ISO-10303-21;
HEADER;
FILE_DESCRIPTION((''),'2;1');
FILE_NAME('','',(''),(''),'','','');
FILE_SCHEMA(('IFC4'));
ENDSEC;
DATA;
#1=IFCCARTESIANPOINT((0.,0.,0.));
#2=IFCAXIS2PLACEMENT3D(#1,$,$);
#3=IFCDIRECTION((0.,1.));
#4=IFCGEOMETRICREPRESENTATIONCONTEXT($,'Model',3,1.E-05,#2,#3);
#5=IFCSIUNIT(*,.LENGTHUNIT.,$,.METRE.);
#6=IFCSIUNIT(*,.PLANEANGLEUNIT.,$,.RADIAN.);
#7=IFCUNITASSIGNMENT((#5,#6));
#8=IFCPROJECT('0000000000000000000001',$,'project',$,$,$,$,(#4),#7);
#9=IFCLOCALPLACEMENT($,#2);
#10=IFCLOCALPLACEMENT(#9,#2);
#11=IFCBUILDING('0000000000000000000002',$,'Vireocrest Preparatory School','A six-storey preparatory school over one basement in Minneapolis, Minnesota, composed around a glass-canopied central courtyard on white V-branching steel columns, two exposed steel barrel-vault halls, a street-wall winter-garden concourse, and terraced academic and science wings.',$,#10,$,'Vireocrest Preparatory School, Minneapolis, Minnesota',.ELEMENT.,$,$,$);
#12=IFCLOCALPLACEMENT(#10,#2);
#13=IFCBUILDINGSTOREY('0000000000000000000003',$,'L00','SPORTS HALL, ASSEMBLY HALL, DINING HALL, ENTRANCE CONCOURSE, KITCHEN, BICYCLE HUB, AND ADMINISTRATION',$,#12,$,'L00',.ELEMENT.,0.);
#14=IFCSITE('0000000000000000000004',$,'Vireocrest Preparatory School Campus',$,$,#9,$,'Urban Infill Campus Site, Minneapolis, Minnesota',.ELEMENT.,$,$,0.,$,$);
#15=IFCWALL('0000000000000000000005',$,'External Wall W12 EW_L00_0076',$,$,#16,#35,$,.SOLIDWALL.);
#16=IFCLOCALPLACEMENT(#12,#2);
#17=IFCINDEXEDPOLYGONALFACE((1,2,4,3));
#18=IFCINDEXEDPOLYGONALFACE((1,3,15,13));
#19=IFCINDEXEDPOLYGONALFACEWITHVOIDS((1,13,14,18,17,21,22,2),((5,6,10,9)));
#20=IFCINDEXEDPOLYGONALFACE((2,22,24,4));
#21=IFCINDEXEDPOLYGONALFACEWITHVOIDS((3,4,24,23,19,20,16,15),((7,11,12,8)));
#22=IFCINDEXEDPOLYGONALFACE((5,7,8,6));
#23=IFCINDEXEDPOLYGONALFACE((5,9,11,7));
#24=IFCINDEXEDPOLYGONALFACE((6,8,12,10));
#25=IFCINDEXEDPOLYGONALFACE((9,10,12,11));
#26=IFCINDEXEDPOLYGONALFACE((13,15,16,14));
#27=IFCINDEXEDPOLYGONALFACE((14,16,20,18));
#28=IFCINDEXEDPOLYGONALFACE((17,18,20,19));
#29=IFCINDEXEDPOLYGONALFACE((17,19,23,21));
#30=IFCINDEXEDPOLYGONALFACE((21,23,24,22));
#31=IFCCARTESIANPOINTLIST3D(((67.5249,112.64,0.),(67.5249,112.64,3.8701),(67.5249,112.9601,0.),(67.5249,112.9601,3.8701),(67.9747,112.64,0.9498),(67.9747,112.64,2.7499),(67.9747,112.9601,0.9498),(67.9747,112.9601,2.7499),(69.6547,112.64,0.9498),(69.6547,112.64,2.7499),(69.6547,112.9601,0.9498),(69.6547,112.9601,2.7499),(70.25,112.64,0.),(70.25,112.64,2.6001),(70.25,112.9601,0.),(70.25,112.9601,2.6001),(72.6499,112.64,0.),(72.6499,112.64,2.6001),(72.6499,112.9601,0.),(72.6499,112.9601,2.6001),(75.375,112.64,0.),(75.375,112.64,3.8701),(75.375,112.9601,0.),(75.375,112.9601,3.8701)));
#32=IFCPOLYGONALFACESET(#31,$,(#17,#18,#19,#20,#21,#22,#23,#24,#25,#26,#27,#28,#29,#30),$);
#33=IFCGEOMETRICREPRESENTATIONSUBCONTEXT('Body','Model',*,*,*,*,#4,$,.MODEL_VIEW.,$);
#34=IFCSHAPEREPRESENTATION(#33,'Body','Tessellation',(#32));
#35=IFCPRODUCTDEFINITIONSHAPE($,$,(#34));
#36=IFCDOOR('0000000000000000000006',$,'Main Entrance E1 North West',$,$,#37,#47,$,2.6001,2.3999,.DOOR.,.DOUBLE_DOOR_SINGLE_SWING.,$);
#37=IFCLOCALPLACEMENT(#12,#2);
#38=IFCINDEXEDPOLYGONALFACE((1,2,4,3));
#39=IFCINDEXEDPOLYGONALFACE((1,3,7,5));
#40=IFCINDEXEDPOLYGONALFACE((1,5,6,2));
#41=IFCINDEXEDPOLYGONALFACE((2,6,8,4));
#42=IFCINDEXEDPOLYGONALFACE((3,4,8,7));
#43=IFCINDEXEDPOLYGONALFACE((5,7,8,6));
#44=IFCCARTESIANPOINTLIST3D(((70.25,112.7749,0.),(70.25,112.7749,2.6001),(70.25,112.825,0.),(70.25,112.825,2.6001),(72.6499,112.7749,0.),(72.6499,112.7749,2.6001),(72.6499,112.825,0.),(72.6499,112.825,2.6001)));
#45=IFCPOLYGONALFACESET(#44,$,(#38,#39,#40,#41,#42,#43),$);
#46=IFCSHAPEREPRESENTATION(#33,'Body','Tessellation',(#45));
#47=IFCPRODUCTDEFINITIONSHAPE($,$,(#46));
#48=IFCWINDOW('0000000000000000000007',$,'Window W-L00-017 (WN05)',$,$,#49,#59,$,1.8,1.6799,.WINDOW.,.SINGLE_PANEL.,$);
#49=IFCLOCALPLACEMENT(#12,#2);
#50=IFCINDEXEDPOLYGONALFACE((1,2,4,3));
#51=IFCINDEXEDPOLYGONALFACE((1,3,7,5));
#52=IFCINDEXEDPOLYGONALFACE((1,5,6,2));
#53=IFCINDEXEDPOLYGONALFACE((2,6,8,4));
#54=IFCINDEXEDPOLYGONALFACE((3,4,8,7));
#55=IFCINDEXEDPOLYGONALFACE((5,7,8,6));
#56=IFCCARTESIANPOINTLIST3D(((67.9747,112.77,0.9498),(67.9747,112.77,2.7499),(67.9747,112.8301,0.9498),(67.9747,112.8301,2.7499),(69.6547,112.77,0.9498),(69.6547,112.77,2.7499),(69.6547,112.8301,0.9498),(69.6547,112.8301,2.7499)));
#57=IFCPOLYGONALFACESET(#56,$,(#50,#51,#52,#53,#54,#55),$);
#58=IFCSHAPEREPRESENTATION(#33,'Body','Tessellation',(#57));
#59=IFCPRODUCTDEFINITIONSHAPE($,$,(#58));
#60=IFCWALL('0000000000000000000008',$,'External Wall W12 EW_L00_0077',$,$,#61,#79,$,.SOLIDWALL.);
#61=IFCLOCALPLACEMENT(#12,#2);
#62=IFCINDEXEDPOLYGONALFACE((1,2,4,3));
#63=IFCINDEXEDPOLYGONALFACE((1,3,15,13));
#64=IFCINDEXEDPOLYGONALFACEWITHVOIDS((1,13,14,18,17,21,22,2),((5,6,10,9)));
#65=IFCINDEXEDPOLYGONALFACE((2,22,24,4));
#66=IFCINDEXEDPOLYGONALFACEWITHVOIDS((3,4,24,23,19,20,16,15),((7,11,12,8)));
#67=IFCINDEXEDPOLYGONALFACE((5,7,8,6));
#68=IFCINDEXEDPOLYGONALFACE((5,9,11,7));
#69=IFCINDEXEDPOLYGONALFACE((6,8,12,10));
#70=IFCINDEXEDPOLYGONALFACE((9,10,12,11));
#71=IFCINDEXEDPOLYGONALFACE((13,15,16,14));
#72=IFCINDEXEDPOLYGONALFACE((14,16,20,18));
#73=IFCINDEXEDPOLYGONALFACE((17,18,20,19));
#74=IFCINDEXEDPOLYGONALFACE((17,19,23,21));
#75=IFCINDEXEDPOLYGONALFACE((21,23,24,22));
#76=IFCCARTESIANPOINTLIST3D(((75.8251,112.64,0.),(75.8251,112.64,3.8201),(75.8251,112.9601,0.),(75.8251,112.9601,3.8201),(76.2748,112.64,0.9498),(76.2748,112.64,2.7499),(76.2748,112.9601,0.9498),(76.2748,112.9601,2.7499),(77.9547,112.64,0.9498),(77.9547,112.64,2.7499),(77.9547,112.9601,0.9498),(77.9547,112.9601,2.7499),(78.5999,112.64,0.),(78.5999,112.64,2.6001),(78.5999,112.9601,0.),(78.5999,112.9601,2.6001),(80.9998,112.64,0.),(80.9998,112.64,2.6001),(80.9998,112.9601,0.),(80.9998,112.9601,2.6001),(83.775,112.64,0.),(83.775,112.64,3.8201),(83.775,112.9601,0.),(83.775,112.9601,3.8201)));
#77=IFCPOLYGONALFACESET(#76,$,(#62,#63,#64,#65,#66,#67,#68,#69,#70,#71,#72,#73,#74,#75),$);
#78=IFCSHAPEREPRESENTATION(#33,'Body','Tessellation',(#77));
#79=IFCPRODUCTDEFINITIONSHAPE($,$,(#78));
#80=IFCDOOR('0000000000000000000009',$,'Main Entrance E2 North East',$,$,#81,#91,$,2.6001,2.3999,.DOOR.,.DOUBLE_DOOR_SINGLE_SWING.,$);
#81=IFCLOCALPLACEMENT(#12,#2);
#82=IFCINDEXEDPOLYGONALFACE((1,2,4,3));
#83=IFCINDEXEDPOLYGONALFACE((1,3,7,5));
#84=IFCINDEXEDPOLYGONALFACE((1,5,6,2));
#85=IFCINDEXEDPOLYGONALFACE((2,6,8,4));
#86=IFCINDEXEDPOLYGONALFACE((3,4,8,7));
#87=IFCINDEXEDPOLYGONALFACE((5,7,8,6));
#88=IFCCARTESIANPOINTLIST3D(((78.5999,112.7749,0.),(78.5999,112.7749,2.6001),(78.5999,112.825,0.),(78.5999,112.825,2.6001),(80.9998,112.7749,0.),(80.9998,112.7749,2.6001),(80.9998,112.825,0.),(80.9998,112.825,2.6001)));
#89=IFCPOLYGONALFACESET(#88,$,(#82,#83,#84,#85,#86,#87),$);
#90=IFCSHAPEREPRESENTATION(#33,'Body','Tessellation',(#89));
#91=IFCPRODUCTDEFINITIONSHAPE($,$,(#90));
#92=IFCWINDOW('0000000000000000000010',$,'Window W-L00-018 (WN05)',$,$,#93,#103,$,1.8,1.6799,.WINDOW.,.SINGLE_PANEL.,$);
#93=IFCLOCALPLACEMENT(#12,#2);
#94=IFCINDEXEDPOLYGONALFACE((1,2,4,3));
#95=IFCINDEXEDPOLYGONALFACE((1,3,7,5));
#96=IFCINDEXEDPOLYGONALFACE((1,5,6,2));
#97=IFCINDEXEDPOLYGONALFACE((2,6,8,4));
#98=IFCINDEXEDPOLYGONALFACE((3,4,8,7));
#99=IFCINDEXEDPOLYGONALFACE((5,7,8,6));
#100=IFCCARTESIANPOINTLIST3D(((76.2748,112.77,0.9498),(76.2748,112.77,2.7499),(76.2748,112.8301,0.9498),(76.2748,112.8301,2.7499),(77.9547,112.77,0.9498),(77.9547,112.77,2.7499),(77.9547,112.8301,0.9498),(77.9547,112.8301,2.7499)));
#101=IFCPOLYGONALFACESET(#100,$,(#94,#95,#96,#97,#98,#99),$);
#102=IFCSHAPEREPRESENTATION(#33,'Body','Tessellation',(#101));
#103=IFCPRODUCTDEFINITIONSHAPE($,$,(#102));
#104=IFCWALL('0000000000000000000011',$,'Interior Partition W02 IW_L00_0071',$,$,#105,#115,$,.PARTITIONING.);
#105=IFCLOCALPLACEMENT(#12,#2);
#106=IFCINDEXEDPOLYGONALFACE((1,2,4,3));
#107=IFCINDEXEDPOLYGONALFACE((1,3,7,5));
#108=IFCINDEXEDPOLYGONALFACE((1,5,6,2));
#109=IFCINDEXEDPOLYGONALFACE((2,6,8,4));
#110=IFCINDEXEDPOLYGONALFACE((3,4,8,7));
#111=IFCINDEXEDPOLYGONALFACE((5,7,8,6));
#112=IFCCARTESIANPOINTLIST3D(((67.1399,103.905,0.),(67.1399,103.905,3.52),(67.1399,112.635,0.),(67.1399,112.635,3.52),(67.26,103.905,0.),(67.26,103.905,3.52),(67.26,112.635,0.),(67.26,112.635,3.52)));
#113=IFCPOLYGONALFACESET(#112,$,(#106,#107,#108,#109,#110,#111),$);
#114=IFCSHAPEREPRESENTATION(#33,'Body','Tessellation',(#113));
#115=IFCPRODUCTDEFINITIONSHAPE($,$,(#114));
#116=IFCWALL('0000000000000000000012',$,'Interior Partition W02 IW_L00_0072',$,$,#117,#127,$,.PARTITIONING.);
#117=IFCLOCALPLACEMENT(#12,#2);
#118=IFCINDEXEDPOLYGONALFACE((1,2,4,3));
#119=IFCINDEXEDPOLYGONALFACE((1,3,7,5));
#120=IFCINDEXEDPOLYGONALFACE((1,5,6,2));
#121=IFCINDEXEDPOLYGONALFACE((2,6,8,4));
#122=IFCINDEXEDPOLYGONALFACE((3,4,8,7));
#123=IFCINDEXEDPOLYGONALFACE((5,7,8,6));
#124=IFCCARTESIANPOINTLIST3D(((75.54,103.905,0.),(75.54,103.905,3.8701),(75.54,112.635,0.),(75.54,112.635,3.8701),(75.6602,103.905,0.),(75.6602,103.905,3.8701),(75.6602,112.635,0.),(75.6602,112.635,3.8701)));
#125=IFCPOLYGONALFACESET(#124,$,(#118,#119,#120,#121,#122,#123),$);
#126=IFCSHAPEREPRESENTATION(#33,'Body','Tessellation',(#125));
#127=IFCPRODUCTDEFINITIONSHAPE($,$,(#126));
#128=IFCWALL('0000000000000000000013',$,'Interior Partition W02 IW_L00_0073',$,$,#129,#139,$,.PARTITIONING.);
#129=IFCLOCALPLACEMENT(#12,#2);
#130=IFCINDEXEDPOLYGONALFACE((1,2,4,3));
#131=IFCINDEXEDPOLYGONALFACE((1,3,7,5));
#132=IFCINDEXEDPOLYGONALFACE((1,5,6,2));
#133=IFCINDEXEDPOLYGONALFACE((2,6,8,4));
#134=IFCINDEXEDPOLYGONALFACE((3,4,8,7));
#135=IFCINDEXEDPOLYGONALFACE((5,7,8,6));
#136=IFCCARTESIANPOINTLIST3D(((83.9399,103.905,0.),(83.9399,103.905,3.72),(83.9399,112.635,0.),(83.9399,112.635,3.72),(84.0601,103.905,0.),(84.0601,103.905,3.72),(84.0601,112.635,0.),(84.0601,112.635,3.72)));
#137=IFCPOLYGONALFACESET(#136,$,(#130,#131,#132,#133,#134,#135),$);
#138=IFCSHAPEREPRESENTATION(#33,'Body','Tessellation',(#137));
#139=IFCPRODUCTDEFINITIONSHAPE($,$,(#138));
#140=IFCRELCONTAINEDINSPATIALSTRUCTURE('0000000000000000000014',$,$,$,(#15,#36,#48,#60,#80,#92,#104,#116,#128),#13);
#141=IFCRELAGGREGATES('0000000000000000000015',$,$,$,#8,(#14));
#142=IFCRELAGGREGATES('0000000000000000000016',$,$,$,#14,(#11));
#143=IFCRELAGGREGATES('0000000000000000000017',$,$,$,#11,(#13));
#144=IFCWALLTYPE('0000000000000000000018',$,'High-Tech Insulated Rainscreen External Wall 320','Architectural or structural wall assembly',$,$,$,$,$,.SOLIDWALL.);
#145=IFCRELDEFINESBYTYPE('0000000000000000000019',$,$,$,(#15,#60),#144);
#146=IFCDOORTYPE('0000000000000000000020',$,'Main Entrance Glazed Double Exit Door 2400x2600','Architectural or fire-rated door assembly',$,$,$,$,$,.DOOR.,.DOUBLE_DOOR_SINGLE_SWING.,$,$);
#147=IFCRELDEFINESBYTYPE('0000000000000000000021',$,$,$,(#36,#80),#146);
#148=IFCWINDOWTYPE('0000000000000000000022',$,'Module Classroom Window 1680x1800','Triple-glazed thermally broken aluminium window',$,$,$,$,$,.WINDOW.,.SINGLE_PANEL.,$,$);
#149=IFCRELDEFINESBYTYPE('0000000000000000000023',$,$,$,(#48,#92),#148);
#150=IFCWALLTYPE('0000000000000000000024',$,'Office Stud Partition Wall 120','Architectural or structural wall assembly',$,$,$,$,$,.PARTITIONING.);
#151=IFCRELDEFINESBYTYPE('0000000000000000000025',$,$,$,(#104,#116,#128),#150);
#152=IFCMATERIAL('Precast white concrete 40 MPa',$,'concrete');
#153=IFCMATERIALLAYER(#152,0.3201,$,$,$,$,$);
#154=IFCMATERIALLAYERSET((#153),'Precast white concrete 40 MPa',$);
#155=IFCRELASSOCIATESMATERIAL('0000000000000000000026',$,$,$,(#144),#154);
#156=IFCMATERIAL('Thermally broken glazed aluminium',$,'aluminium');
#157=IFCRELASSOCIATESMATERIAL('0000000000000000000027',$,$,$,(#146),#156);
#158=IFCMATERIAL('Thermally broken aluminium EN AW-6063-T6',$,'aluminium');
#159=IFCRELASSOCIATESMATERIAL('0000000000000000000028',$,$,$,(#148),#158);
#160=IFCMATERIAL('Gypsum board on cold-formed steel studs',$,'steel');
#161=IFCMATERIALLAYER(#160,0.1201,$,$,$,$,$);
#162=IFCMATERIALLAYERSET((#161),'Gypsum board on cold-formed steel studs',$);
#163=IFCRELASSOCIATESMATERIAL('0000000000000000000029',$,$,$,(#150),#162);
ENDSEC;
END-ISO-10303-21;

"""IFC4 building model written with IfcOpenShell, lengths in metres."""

from ifc_helpers import new_model, si_unit, direction, frame, frame_2d, origin, place, context, subcontext, project, spatial, rectangle, extrude, material, layer, layer_set, type_object, element, fill, save


model = new_model("IFC4")

# Units and contexts
model_context = context("Model", 3, precision=1e-05, world=origin(), true_north=direction((0.0, 1.0)))
body_context = subcontext(model_context, "Body", "Model", "MODEL_VIEW")
ifc_project = project(units=[si_unit("LENGTHUNIT", "METRE"), si_unit("PLANEANGLEUNIT", "RADIAN")], contexts=[model_context])

# Site, building, storey
site_placement = place(None, origin())
site = spatial("IfcSite", under=ifc_project, at=site_placement, Name="Vireocrest Preparatory School Campus", LongName="Urban Infill Campus Site, Minneapolis, Minnesota", CompositionType="ELEMENT", RefElevation=0.0)
building_placement = place(site_placement, origin())
building = spatial("IfcBuilding", under=site, at=building_placement, Name="Vireocrest Preparatory School", Description="A six-storey preparatory school over one basement in Minneapolis, Minnesota, composed around a glass-canopied central courtyard on white V-branching steel columns, two exposed steel barrel-vault halls, a street-wall winter-garden concourse, and terraced academic and science wings.", LongName="Vireocrest Preparatory School, Minneapolis, Minnesota", CompositionType="ELEMENT")
storey_placement = place(building_placement, origin())
storey = spatial("IfcBuildingStorey", under=building, at=storey_placement, Name="L00", Description="SPORTS HALL, ASSEMBLY HALL, DINING HALL, ENTRANCE CONCOURSE, KITCHEN, BICYCLE HUB, AND ADMINISTRATION", LongName="L00", CompositionType="ELEMENT", Elevation=0.0)

# Shared definitions
ifc_material_1 = material(Name="Gypsum board on cold-formed steel studs", Category="steel")

# Shared definitions
ifc_material_2 = material(Name="Precast white concrete 40 MPa", Category="concrete")
ifc_layer_1 = layer(ifc_material_2, 0.3201)
ifc_layer_set_1 = layer_set([ifc_layer_1], Name="Precast white concrete 40 MPa")
wall_type_1 = type_object("IfcWallType", Name="High-Tech Insulated Rainscreen External Wall 320", Description="Architectural or structural wall assembly", PredefinedType="SOLIDWALL", material=ifc_layer_set_1)
ifc_material_3 = material(Name="Thermally broken aluminium EN AW-6063-T6", Category="aluminium")

# Walls, openings, doors, windows
wall_1_placement = place(storey_placement, frame((67.5249, 112.8, 0.0), z_axis=(0.0, 0.0, 1.0), x_axis=(1.0, 0.0, 0.0)))
wall_1 = element("IfcWall", 1, at=wall_1_placement, inside=storey, type_object=wall_type_1, Name="External Wall W12 EW_L00_0076", PredefinedType="SOLIDWALL", context=body_context, shape_type="SweptSolid", body=[
    extrude(rectangle(XDim=7.8501, YDim=0.3201, at=frame_2d((3.925, 0.0))), origin(), (0.0, 0.0, 1.0), 3.8701),
])
opening_1_placement = place(wall_1_placement, frame((2.7251, 0.0, 0.0)))
opening_1 = element("IfcOpeningElement", 2, at=opening_1_placement, cuts=wall_1, PredefinedType="OPENING", context=body_context, shape_type="SweptSolid", body=[
    extrude(rectangle(XDim=2.3999, YDim=2.6001, at=frame_2d((1.2, 1.3))), frame((0.0, 0.1699, 0.0), z_axis=(0.0, -1.0, 0.0), x_axis=(1.0, 0.0, 0.0)), (0.0, 0.0, 1.0), 0.3401),
])
opening_2_placement = place(wall_1_placement, frame((0.45, 0.0, 0.95)))
opening_2 = element("IfcOpeningElement", 3, at=opening_2_placement, cuts=wall_1, PredefinedType="OPENING", context=body_context, shape_type="SweptSolid", body=[
    extrude(rectangle(XDim=1.6799, YDim=1.8, at=frame_2d((0.8398, 0.8999))), frame((0.0, 0.1699, 0.0), z_axis=(0.0, -1.0, 0.0), x_axis=(1.0, 0.0, 0.0)), (0.0, 0.0, 1.0), 0.3401),
])
ifc_material_4 = material(Name="Thermally broken glazed aluminium", Category="aluminium")
door_type_1 = type_object("IfcDoorType", Name="Main Entrance Glazed Double Exit Door 2400x2600", Description="Architectural or fire-rated door assembly", OperationType="DOUBLE_DOOR_SINGLE_SWING", PredefinedType="DOOR", material=ifc_material_4)
door_1_placement = place(opening_1_placement, origin())
door_1 = element("IfcDoor", 4, at=door_1_placement, inside=storey, type_object=door_type_1, Name="Main Entrance E1 North West", OperationType="DOUBLE_DOOR_SINGLE_SWING", OverallHeight=2.6001, OverallWidth=2.3999, PredefinedType="DOOR", context=body_context, shape_type="SweptSolid", body=[
    extrude(rectangle(XDim=2.3999, YDim=2.6001, at=frame_2d((1.2, 1.3))), frame((0.0, 0.0249, 0.0), z_axis=(0.0, -1.0, 0.0), x_axis=(1.0, 0.0, 0.0)), (0.0, 0.0, 1.0), 0.05),
])
fill(opening_1, door_1)
window_type_1 = type_object("IfcWindowType", Name="Module Classroom Window 1680x1800", Description="Triple-glazed thermally broken aluminium window", PartitioningType="SINGLE_PANEL", PredefinedType="WINDOW", material=ifc_material_3)
window_1_placement = place(opening_2_placement, origin())
window_1 = element("IfcWindow", 5, at=window_1_placement, inside=storey, type_object=window_type_1, Name="Window W-L00-017 (WN05)", OverallHeight=1.8, OverallWidth=1.6799, PartitioningType="SINGLE_PANEL", PredefinedType="WINDOW", context=body_context, shape_type="SweptSolid", body=[
    extrude(rectangle(XDim=1.6799, YDim=1.8, at=frame_2d((0.8398, 0.8999))), frame((0.0, 0.03, 0.0), z_axis=(0.0, -1.0, 0.0), x_axis=(1.0, 0.0, 0.0)), (0.0, 0.0, 1.0), 0.0601),
])
fill(opening_2, window_1)
wall_2_placement = place(storey_placement, frame((75.825, 112.8, 0.0), z_axis=(0.0, 0.0, 1.0), x_axis=(1.0, 0.0, 0.0)))
wall_2 = element("IfcWall", 6, at=wall_2_placement, inside=storey, type_object=wall_type_1, Name="External Wall W12 EW_L00_0077", PredefinedType="SOLIDWALL", context=body_context, shape_type="SweptSolid", body=[
    extrude(rectangle(XDim=7.95, YDim=0.3201, at=frame_2d((3.9751, 0.0))), origin(), (0.0, 0.0, 1.0), 3.8201),
])
opening_3_placement = place(wall_2_placement, frame((2.7749, 0.0, 0.0)))
opening_3 = element("IfcOpeningElement", 7, at=opening_3_placement, cuts=wall_2, PredefinedType="OPENING", context=body_context, shape_type="SweptSolid", body=[
    extrude(rectangle(XDim=2.3999, YDim=2.6001, at=frame_2d((1.2, 1.3))), frame((0.0, 0.1699, 0.0), z_axis=(0.0, -1.0, 0.0), x_axis=(1.0, 0.0, 0.0)), (0.0, 0.0, 1.0), 0.3401),
])
opening_4_placement = place(wall_2_placement, frame((0.45, 0.0, 0.95)))
opening_4 = element("IfcOpeningElement", 8, at=opening_4_placement, cuts=wall_2, PredefinedType="OPENING", context=body_context, shape_type="SweptSolid", body=[
    extrude(rectangle(XDim=1.6799, YDim=1.8, at=frame_2d((0.8398, 0.8999))), frame((0.0, 0.1699, 0.0), z_axis=(0.0, -1.0, 0.0), x_axis=(1.0, 0.0, 0.0)), (0.0, 0.0, 1.0), 0.3401),
])
door_2_placement = place(opening_3_placement, origin())
door_2 = element("IfcDoor", 9, at=door_2_placement, inside=storey, type_object=door_type_1, Name="Main Entrance E2 North East", OperationType="DOUBLE_DOOR_SINGLE_SWING", OverallHeight=2.6001, OverallWidth=2.3999, PredefinedType="DOOR", context=body_context, shape_type="SweptSolid", body=[
    extrude(rectangle(XDim=2.3999, YDim=2.6001, at=frame_2d((1.2, 1.3))), frame((0.0, 0.0249, 0.0), z_axis=(0.0, -1.0, 0.0), x_axis=(1.0, 0.0, 0.0)), (0.0, 0.0, 1.0), 0.05),
])
fill(opening_3, door_2)
window_2_placement = place(opening_4_placement, origin())
window_2 = element("IfcWindow", 10, at=window_2_placement, inside=storey, type_object=window_type_1, Name="Window W-L00-018 (WN05)", OverallHeight=1.8, OverallWidth=1.6799, PartitioningType="SINGLE_PANEL", PredefinedType="WINDOW", context=body_context, shape_type="SweptSolid", body=[
    extrude(rectangle(XDim=1.6799, YDim=1.8, at=frame_2d((0.8398, 0.8999))), frame((0.0, 0.03, 0.0), z_axis=(0.0, -1.0, 0.0), x_axis=(1.0, 0.0, 0.0)), (0.0, 0.0, 1.0), 0.0601),
])
fill(opening_4, window_2)

# Walls
ifc_layer_2 = layer(ifc_material_1, 0.1201)
ifc_layer_set_2 = layer_set([ifc_layer_2], Name="Gypsum board on cold-formed steel studs")
wall_type_2 = type_object("IfcWallType", Name="Office Stud Partition Wall 120", Description="Architectural or structural wall assembly", PredefinedType="PARTITIONING", material=ifc_layer_set_2)
wall_3_placement = place(storey_placement, frame((67.2, 103.905, 0.0), z_axis=(0.0, 0.0, 1.0), x_axis=(0.0, 1.0, 0.0)))
element("IfcWall", 11, at=wall_3_placement, inside=storey, type_object=wall_type_2, Name="Interior Partition W02 IW_L00_0071", PredefinedType="PARTITIONING", context=body_context, shape_type="SweptSolid", body=[
    extrude(rectangle(XDim=8.73, YDim=0.1201, at=frame_2d((4.365, 0.0))), origin(), (0.0, 0.0, 1.0), 3.52),
])
wall_4_placement = place(storey_placement, frame((75.6001, 103.905, 0.0), z_axis=(0.0, 0.0, 1.0), x_axis=(0.0, 1.0, 0.0)))
element("IfcWall", 12, at=wall_4_placement, inside=storey, type_object=wall_type_2, Name="Interior Partition W02 IW_L00_0072", PredefinedType="PARTITIONING", context=body_context, shape_type="SweptSolid", body=[
    extrude(rectangle(XDim=8.73, YDim=0.1201, at=frame_2d((4.365, 0.0))), origin(), (0.0, 0.0, 1.0), 3.8701),
])
wall_5_placement = place(storey_placement, frame((84.0, 103.905, 0.0), z_axis=(0.0, 0.0, 1.0), x_axis=(0.0, 1.0, 0.0)))
element("IfcWall", 13, at=wall_5_placement, inside=storey, type_object=wall_type_2, Name="Interior Partition W02 IW_L00_0073", PredefinedType="PARTITIONING", context=body_context, shape_type="SweptSolid", body=[
    extrude(rectangle(XDim=8.73, YDim=0.1201, at=frame_2d((4.365, 0.0))), origin(), (0.0, 0.0, 1.0), 3.72),
])

save(model, "model.ifc")
